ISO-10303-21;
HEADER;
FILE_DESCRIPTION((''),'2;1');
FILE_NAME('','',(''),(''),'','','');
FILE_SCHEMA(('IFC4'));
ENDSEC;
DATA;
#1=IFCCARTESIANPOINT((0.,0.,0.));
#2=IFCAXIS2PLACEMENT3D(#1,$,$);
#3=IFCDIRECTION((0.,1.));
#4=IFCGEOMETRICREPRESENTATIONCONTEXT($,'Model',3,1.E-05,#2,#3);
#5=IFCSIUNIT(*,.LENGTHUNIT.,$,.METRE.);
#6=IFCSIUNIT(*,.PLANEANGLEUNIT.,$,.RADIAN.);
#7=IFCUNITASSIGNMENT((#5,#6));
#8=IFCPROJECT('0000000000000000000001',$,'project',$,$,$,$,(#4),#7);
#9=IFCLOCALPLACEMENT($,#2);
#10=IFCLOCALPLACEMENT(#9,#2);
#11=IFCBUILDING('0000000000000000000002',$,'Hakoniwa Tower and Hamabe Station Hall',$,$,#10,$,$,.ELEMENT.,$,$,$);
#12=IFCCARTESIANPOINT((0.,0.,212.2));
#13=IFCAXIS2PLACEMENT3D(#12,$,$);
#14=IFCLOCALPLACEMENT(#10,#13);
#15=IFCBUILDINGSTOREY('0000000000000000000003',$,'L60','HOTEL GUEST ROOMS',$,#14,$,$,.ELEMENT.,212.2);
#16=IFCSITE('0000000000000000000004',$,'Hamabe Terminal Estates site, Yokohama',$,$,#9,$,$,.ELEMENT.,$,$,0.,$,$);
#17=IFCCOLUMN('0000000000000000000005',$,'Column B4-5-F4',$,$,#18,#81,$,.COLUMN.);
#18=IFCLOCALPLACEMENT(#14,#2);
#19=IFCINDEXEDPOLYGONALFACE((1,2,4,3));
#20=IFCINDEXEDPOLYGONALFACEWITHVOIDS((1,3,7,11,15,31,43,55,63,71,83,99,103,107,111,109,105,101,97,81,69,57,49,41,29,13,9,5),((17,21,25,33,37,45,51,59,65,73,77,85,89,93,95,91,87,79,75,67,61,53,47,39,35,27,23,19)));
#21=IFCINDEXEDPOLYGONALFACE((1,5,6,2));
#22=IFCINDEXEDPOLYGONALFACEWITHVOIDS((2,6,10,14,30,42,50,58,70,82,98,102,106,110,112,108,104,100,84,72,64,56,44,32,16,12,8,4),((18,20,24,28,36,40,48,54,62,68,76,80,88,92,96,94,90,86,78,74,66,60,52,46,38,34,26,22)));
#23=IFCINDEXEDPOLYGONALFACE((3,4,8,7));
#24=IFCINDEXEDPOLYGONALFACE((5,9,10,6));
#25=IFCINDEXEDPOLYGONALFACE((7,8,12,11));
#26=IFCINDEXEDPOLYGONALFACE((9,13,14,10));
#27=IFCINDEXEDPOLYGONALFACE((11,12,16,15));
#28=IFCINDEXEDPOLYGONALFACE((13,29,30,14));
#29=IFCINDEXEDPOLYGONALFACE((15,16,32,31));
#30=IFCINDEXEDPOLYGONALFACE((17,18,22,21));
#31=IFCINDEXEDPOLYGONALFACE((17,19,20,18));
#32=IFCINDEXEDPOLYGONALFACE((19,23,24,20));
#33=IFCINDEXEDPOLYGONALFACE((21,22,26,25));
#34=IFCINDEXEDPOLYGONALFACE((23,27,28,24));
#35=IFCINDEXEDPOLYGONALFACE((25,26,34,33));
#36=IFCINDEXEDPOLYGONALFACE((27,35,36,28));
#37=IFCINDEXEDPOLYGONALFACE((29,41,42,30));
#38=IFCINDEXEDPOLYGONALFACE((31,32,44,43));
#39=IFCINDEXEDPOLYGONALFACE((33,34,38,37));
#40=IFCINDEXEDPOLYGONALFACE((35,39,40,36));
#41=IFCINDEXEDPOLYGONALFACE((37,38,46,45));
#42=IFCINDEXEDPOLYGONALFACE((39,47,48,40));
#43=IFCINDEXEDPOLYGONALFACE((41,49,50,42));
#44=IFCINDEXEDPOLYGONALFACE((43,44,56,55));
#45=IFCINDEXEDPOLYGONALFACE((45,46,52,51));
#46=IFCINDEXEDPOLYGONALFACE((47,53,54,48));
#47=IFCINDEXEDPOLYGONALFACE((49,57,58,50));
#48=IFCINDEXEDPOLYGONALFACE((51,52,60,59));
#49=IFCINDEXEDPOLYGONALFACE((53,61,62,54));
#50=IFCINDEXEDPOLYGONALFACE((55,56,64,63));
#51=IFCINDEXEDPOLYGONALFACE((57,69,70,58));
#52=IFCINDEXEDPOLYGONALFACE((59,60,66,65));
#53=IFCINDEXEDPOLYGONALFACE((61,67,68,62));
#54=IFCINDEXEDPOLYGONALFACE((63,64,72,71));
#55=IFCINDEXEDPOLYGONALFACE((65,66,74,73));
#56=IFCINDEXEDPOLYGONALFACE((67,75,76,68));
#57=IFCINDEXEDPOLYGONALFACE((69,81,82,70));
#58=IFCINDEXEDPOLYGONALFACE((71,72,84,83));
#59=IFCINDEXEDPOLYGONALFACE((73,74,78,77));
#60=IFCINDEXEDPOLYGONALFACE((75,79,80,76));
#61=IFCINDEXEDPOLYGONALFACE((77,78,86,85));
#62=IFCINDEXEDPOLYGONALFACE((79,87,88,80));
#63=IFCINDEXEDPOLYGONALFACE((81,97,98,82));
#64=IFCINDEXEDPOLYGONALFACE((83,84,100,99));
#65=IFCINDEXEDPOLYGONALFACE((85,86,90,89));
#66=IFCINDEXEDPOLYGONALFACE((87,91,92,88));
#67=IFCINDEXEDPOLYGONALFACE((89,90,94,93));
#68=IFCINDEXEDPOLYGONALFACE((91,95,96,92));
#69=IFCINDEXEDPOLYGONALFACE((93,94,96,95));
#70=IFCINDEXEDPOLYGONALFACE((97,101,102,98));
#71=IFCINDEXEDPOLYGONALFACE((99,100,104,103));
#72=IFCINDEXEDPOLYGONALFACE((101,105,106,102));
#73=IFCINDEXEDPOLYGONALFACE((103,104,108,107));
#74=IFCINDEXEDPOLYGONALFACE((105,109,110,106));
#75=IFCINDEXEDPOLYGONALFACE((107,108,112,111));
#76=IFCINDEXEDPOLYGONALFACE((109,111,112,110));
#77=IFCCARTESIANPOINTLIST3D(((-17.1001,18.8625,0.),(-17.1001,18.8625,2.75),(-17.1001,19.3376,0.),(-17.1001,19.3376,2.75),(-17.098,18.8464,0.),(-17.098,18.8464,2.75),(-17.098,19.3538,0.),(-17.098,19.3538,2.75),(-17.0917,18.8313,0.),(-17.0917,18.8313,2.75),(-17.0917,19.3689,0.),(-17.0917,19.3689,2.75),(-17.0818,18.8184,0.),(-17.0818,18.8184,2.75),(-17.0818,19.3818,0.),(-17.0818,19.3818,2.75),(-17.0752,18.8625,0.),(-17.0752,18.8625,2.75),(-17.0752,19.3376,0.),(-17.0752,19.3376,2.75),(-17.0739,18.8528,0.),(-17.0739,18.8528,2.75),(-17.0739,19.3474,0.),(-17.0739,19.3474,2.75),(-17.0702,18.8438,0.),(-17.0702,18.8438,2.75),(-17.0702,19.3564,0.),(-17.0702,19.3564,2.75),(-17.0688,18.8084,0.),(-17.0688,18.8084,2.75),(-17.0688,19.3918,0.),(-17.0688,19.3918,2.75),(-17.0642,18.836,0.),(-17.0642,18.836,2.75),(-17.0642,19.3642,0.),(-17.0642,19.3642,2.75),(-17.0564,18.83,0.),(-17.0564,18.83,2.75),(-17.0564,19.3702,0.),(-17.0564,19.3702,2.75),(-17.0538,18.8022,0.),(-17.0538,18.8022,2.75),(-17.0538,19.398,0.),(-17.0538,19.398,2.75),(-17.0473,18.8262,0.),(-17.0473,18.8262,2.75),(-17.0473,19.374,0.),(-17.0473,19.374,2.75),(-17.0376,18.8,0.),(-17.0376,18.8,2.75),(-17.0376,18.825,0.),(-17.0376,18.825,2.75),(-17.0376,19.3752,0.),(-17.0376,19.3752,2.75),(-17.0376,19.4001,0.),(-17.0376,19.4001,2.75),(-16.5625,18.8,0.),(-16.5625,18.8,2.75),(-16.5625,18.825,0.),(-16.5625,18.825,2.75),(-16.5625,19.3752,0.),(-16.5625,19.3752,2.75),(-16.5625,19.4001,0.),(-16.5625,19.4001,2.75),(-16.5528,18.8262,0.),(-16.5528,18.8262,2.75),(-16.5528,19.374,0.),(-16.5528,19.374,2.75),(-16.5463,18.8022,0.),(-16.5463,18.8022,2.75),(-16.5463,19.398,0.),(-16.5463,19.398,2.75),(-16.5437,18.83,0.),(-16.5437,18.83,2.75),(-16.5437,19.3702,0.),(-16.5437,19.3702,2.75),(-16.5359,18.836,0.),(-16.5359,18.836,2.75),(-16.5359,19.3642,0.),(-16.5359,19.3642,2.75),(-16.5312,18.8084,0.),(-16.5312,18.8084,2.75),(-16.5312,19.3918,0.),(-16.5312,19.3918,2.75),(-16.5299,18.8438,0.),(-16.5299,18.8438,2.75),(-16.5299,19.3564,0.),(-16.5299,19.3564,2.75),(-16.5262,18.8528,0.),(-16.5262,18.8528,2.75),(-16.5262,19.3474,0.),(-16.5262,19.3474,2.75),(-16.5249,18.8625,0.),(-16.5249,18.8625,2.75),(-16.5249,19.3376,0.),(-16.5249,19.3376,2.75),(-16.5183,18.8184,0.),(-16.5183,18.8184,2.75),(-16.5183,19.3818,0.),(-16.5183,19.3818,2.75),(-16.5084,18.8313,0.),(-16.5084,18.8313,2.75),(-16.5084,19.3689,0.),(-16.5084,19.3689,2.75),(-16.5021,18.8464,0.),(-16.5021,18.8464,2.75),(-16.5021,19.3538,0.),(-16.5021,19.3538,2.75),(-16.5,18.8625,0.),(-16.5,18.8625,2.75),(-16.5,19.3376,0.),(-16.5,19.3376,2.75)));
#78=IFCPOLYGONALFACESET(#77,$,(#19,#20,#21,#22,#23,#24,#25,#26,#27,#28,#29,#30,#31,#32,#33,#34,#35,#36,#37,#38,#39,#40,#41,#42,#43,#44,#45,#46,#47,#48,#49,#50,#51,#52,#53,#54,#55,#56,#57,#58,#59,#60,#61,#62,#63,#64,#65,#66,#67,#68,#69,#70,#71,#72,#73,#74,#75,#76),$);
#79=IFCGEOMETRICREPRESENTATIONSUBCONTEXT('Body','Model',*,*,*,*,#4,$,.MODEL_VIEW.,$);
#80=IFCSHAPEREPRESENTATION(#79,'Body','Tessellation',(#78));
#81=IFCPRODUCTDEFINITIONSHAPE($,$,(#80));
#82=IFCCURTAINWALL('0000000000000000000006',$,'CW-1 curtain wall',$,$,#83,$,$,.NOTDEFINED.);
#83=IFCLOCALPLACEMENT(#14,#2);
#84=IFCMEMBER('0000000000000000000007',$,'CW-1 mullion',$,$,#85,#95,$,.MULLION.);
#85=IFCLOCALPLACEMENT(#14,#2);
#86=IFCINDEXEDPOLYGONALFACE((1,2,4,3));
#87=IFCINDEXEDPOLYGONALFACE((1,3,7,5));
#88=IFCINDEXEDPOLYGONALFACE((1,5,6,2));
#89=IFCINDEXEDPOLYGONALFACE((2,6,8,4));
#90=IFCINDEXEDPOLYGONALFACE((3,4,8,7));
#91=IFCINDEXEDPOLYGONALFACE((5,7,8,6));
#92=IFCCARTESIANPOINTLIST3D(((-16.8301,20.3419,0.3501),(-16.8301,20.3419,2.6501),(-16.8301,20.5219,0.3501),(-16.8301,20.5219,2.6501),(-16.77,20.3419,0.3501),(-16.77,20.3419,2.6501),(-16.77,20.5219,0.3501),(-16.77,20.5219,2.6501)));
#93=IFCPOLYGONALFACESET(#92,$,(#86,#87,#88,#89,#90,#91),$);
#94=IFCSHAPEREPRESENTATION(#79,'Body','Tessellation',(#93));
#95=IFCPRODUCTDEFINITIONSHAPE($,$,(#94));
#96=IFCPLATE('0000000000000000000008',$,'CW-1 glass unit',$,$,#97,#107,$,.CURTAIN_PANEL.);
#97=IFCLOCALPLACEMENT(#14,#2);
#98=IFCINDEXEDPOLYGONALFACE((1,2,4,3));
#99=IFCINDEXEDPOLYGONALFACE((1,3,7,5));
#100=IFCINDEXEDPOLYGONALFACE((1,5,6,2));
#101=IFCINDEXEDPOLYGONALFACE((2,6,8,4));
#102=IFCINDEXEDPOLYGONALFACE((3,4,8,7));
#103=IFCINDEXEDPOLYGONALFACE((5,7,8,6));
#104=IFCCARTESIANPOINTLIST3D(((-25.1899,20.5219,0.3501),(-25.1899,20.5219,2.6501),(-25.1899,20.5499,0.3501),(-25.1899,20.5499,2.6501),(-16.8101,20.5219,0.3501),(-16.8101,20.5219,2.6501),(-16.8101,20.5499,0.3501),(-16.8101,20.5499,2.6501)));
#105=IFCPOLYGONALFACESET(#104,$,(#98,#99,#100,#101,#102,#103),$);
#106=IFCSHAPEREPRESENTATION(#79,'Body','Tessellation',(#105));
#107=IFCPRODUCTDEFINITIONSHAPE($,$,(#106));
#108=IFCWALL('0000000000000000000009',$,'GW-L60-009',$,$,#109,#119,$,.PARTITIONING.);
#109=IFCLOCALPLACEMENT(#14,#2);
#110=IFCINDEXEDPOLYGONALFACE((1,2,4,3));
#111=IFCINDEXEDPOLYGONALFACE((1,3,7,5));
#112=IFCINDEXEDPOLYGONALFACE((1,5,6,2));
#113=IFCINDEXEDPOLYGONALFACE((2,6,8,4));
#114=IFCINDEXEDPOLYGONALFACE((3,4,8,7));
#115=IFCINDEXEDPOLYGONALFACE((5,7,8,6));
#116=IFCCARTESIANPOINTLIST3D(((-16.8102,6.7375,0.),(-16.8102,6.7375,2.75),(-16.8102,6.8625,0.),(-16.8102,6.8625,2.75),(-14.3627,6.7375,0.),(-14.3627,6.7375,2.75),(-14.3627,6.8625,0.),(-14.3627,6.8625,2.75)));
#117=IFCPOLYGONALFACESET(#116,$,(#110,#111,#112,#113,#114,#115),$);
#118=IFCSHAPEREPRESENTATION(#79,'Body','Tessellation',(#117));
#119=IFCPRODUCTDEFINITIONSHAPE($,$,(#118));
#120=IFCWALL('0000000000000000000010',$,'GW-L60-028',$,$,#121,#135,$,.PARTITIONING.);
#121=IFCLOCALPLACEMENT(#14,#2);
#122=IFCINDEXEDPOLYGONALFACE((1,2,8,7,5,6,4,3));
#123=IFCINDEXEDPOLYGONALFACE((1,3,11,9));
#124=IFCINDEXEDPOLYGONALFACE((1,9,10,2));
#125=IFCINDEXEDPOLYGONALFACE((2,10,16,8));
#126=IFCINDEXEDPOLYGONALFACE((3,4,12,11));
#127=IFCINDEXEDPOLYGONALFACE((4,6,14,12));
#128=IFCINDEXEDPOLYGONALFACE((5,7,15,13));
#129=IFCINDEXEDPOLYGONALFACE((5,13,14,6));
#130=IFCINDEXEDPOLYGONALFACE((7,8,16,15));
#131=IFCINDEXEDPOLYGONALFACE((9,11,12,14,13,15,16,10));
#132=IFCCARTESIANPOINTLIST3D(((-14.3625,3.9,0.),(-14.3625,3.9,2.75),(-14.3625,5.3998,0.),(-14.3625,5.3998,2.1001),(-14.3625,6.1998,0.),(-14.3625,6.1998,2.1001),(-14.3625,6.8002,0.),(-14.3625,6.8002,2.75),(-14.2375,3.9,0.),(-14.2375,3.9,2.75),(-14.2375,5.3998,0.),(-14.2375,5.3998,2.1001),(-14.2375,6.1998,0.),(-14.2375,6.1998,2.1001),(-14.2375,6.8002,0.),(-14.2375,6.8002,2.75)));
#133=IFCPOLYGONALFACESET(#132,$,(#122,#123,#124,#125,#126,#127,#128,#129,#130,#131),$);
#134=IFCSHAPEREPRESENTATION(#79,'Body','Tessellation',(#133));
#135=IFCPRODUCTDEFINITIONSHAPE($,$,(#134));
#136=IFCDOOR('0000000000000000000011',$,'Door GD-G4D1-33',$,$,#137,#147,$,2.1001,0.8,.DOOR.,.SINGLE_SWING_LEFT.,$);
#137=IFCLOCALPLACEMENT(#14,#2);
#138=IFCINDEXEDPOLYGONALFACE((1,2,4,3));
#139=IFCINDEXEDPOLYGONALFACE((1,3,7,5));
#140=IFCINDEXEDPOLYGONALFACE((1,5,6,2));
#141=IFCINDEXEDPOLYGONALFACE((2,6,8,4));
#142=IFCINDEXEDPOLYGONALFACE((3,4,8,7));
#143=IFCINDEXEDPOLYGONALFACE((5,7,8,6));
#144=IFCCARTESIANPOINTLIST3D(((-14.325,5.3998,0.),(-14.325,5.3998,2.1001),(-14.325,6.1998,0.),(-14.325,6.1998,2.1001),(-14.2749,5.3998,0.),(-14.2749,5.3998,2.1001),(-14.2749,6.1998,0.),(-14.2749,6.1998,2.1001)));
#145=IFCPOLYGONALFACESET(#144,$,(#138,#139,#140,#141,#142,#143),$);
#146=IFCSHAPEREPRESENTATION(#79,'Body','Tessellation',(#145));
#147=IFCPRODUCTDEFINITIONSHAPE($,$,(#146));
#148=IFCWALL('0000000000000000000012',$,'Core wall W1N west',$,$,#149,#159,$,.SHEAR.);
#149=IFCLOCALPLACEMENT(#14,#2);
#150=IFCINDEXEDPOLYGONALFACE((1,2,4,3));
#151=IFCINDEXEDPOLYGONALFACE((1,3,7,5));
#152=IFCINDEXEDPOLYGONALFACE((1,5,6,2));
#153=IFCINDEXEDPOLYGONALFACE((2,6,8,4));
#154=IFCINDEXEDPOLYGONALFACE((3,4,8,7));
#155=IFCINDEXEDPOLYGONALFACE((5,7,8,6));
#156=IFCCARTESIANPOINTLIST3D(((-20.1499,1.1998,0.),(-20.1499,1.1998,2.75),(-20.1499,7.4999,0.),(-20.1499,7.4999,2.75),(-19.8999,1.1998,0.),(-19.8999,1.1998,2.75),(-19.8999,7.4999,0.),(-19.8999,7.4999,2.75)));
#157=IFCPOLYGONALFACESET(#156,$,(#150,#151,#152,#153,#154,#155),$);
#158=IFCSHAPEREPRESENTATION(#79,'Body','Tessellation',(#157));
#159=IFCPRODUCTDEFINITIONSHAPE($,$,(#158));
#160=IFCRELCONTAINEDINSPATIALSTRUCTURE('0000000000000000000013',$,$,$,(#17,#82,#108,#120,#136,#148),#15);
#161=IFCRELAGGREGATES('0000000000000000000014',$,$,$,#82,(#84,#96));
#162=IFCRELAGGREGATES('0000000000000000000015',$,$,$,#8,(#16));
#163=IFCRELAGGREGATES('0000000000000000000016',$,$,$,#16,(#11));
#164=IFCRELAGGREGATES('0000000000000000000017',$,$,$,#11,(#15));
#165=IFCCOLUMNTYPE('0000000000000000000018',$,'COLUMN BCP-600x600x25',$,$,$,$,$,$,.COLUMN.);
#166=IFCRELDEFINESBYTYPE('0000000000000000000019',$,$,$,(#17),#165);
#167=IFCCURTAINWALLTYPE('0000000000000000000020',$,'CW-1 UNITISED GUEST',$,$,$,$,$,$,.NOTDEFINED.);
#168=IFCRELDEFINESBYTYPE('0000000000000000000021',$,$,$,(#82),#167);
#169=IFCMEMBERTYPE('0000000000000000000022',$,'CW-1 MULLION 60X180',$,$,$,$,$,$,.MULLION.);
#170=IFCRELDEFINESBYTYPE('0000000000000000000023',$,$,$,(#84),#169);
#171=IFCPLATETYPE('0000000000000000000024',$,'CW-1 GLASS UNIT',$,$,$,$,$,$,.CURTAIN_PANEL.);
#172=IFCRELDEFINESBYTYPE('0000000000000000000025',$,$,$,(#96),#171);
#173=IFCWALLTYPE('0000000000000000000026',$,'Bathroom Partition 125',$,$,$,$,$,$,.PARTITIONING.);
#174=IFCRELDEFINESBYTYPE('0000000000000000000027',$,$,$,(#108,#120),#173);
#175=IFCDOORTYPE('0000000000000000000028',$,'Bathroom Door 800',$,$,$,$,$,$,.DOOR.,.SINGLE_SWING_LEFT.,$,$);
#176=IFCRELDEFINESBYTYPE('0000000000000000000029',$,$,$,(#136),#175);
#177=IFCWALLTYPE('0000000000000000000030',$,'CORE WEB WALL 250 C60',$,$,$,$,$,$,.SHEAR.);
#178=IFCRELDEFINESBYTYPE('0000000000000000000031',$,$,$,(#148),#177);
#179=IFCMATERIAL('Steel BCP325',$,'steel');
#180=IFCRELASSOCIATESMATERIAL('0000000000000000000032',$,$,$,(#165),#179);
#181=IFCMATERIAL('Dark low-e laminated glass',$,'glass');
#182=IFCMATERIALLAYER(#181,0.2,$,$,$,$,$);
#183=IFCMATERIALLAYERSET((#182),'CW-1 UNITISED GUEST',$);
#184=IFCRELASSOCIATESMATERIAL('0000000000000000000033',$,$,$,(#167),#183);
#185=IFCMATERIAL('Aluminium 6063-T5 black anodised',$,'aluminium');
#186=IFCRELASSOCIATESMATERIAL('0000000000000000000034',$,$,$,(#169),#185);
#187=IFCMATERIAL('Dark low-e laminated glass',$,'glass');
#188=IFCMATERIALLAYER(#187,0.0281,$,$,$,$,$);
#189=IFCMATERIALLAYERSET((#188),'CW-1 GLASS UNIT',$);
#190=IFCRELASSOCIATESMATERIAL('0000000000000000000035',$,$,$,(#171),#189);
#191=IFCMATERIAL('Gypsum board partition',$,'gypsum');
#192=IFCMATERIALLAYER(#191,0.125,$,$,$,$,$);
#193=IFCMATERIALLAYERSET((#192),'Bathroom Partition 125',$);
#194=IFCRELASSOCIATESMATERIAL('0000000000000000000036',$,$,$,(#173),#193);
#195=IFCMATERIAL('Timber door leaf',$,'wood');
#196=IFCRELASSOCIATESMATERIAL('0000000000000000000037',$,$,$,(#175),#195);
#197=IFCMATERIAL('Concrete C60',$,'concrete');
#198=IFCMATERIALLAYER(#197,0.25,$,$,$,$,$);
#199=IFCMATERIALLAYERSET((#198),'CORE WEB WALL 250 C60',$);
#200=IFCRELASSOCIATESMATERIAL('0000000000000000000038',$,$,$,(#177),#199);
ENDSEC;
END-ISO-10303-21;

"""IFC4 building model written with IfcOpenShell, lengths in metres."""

from ifc_helpers import new_model, si_unit, direction, frame, frame_2d, origin, origin_2d, place, context, subcontext, project, spatial, rectangle, hollow_rectangle, extrude, material, layer, layer_set, material_profile, profile_set, type_object, element, fill, aggregate, save


model = new_model("IFC4")

# Units and contexts
model_context = context("Model", 3, precision=1e-05, world=origin(), true_north=direction((0.0, 1.0)))
body_context = subcontext(model_context, "Body", "Model", "MODEL_VIEW")
ifc_project = project(units=[si_unit("LENGTHUNIT", "METRE"), si_unit("PLANEANGLEUNIT", "RADIAN")], contexts=[model_context])

# Site, building, storey
site_placement = place(None, origin())
site = spatial("IfcSite", under=ifc_project, at=site_placement, Name="Hamabe Terminal Estates site, Yokohama", CompositionType="ELEMENT", RefElevation=0.0)
building_placement = place(site_placement, origin())
building = spatial("IfcBuilding", under=site, at=building_placement, Name="Hakoniwa Tower and Hamabe Station Hall", CompositionType="ELEMENT")
storey_placement = place(building_placement, frame((0.0, 0.0, 212.2)))
storey = spatial("IfcBuildingStorey", under=building, at=storey_placement, Name="L60", Description="HOTEL GUEST ROOMS", CompositionType="ELEMENT", Elevation=212.2)

# Column
ifc_material_1 = material(Name="Steel BCP325", Category="steel")
ifc_material_profile_1 = material_profile(ifc_material_1, hollow_rectangle(XDim=0.6001, YDim=0.6001, WallThickness=0.0249, InnerFilletRadius=0.0376, OuterFilletRadius=0.0625, at=origin_2d()), Name="BCP-600x600x25")
ifc_profile_set_1 = profile_set([ifc_material_profile_1], Name="Steel BCP325")
column_type = type_object("IfcColumnType", Name="COLUMN BCP-600x600x25", PredefinedType="COLUMN", material=ifc_profile_set_1)
column_placement = place(storey_placement, frame((-16.8, 19.1001, 0.0), z_axis=(0.0, 0.0, 1.0), x_axis=(1.0, 0.0, 0.0)))
element("IfcColumn", 1, at=column_placement, inside=storey, type_object=column_type, Name="Column B4-5-F4", PredefinedType="COLUMN", context=body_context, shape_type="SweptSolid", body=[
    extrude(hollow_rectangle(XDim=0.6001, YDim=0.6001, WallThickness=0.0249, InnerFilletRadius=0.0376, OuterFilletRadius=0.0625, at=origin_2d()), origin(), (0.0, 0.0, 1.0), 2.75),
])

# Curtain wall, member, plate
ifc_material_2 = material(Name="Dark low-e laminated glass", Category="glass")
ifc_layer_1 = layer(ifc_material_2, 0.2)
ifc_layer_set_1 = layer_set([ifc_layer_1], Name="CW-1 UNITISED GUEST")
curtain_wall_type = type_object("IfcCurtainWallType", Name="CW-1 UNITISED GUEST", PredefinedType="NOTDEFINED", material=ifc_layer_set_1)
curtain_wall_placement = place(storey_placement, origin())
curtain_wall = element("IfcCurtainWall", 2, at=curtain_wall_placement, inside=storey, type_object=curtain_wall_type, Name="CW-1 curtain wall", PredefinedType="NOTDEFINED")
ifc_material_3 = material(Name="Aluminium 6063-T5 black anodised", Category="aluminium")
ifc_material_profile_2 = material_profile(ifc_material_3, rectangle(XDim=0.0601, YDim=0.1799, at=origin_2d()), Name="CW-1 MULLION 60X180")
ifc_profile_set_2 = profile_set([ifc_material_profile_2], Name="Aluminium 6063-T5 black anodised")
member_type = type_object("IfcMemberType", Name="CW-1 MULLION 60X180", PredefinedType="MULLION", material=ifc_profile_set_2)
member_placement = place(storey_placement, frame((-16.8, 20.4319, 0.3501), z_axis=(0.0, 0.0, 1.0), x_axis=(-1.0, 0.0, 0.0)))
member = element("IfcMember", 3, at=member_placement, type_object=member_type, Name="CW-1 mullion", PredefinedType="MULLION", context=body_context, shape_type="SweptSolid", body=[
    extrude(rectangle(XDim=0.0601, YDim=0.1799, at=origin_2d()), origin(), (0.0, 0.0, 1.0), 2.3),
])
ifc_material_4 = material(Name="Dark low-e laminated glass", Category="glass")
ifc_layer_2 = layer(ifc_material_4, 0.0281)
ifc_layer_set_2 = layer_set([ifc_layer_2], Name="CW-1 GLASS UNIT")
plate_type = type_object("IfcPlateType", Name="CW-1 GLASS UNIT", PredefinedType="CURTAIN_PANEL", material=ifc_layer_set_2)
plate_placement = place(storey_placement, frame((-21.0, 20.5359, 0.3501), z_axis=(0.0, 0.0, 1.0), x_axis=(-1.0, 0.0, 0.0)))
plate = element("IfcPlate", 4, at=plate_placement, type_object=plate_type, Name="CW-1 glass unit", PredefinedType="CURTAIN_PANEL", context=body_context, shape_type="SweptSolid", body=[
    extrude(rectangle(XDim=8.3799, YDim=0.0281, at=origin_2d()), origin(), (0.0, 0.0, 1.0), 2.3),
])
aggregate(curtain_wall, [member, plate])

# Wall
ifc_material_5 = material(Name="Gypsum board partition", Category="gypsum")
ifc_layer_3 = layer(ifc_material_5, 0.125)
ifc_layer_set_3 = layer_set([ifc_layer_3], Name="Bathroom Partition 125")
wall_type_1 = type_object("IfcWallType", Name="Bathroom Partition 125", PredefinedType="PARTITIONING", material=ifc_layer_set_3)
wall_1_placement = place(storey_placement, frame((-16.8101, 6.8, 0.0), z_axis=(0.0, 0.0, 1.0), x_axis=(1.0, 0.0, 0.0)))
element("IfcWall", 5, at=wall_1_placement, inside=storey, type_object=wall_type_1, Name="GW-L60-009", PredefinedType="PARTITIONING", context=body_context, shape_type="SweptSolid", body=[
    extrude(rectangle(XDim=2.4475, YDim=0.125, at=frame_2d((1.2236, 0.0))), origin(), (0.0, 0.0, 1.0), 2.75),
])

# Wall, opening, door
wall_2_placement = place(storey_placement, frame((-14.3, 3.8999, 0.0), z_axis=(0.0, 0.0, 1.0), x_axis=(0.0, 1.0, 0.0)))
wall_2 = element("IfcWall", 6, at=wall_2_placement, inside=storey, type_object=wall_type_1, Name="GW-L60-028", PredefinedType="PARTITIONING", context=body_context, shape_type="SweptSolid", body=[
    extrude(rectangle(XDim=2.9001, YDim=0.125, at=frame_2d((1.4502, 0.0))), origin(), (0.0, 0.0, 1.0), 2.75),
])
opening_1_placement = place(wall_2_placement, frame((1.5, 0.0, 0.0)))
opening_1 = element("IfcOpeningElement", 7, at=opening_1_placement, cuts=wall_2, PredefinedType="OPENING", context=body_context, shape_type="SweptSolid", body=[
    extrude(rectangle(XDim=0.8, YDim=2.1001, at=frame_2d((0.3999, 1.05))), frame((0.0, 0.0725, 0.0), z_axis=(0.0, -1.0, 0.0), x_axis=(1.0, 0.0, 0.0)), (0.0, 0.0, 1.0), 0.145),
])
ifc_material_6 = material(Name="Timber door leaf", Category="wood")
door_type_1 = type_object("IfcDoorType", Name="Bathroom Door 800", OperationType="SINGLE_SWING_LEFT", PredefinedType="DOOR", material=ifc_material_6)
door_1_placement = place(opening_1_placement, origin())
door_1 = element("IfcDoor", 8, at=door_1_placement, inside=storey, type_object=door_type_1, Name="Door GD-G4D1-33", OperationType="SINGLE_SWING_LEFT", OverallHeight=2.1001, OverallWidth=0.8, PredefinedType="DOOR", context=body_context, shape_type="SweptSolid", body=[
    extrude(rectangle(XDim=0.8, YDim=2.1001, at=frame_2d((0.3999, 1.05))), frame((0.0, 0.0249, 0.0), z_axis=(0.0, -1.0, 0.0), x_axis=(1.0, 0.0, 0.0)), (0.0, 0.0, 1.0), 0.05),
])
fill(opening_1, door_1)

# Wall
ifc_material_7 = material(Name="Concrete C60", Category="concrete")
ifc_layer_4 = layer(ifc_material_7, 0.25)
ifc_layer_set_4 = layer_set([ifc_layer_4], Name="CORE WEB WALL 250 C60")
wall_type_2 = type_object("IfcWallType", Name="CORE WEB WALL 250 C60", PredefinedType="SHEAR", material=ifc_layer_set_4)
wall_3_placement = place(storey_placement, frame((-20.0249, 1.2, 0.0), z_axis=(0.0, 0.0, 1.0), x_axis=(0.0, 1.0, 0.0)))
element("IfcWall", 9, at=wall_3_placement, inside=storey, type_object=wall_type_2, Name="Core wall W1N west", PredefinedType="SHEAR", context=body_context, shape_type="SweptSolid", body=[
    extrude(rectangle(XDim=6.3, YDim=0.25, at=frame_2d((3.1499, 0.0))), origin(), (0.0, 0.0, 1.0), 2.75),
])

save(model, "model.ifc")
